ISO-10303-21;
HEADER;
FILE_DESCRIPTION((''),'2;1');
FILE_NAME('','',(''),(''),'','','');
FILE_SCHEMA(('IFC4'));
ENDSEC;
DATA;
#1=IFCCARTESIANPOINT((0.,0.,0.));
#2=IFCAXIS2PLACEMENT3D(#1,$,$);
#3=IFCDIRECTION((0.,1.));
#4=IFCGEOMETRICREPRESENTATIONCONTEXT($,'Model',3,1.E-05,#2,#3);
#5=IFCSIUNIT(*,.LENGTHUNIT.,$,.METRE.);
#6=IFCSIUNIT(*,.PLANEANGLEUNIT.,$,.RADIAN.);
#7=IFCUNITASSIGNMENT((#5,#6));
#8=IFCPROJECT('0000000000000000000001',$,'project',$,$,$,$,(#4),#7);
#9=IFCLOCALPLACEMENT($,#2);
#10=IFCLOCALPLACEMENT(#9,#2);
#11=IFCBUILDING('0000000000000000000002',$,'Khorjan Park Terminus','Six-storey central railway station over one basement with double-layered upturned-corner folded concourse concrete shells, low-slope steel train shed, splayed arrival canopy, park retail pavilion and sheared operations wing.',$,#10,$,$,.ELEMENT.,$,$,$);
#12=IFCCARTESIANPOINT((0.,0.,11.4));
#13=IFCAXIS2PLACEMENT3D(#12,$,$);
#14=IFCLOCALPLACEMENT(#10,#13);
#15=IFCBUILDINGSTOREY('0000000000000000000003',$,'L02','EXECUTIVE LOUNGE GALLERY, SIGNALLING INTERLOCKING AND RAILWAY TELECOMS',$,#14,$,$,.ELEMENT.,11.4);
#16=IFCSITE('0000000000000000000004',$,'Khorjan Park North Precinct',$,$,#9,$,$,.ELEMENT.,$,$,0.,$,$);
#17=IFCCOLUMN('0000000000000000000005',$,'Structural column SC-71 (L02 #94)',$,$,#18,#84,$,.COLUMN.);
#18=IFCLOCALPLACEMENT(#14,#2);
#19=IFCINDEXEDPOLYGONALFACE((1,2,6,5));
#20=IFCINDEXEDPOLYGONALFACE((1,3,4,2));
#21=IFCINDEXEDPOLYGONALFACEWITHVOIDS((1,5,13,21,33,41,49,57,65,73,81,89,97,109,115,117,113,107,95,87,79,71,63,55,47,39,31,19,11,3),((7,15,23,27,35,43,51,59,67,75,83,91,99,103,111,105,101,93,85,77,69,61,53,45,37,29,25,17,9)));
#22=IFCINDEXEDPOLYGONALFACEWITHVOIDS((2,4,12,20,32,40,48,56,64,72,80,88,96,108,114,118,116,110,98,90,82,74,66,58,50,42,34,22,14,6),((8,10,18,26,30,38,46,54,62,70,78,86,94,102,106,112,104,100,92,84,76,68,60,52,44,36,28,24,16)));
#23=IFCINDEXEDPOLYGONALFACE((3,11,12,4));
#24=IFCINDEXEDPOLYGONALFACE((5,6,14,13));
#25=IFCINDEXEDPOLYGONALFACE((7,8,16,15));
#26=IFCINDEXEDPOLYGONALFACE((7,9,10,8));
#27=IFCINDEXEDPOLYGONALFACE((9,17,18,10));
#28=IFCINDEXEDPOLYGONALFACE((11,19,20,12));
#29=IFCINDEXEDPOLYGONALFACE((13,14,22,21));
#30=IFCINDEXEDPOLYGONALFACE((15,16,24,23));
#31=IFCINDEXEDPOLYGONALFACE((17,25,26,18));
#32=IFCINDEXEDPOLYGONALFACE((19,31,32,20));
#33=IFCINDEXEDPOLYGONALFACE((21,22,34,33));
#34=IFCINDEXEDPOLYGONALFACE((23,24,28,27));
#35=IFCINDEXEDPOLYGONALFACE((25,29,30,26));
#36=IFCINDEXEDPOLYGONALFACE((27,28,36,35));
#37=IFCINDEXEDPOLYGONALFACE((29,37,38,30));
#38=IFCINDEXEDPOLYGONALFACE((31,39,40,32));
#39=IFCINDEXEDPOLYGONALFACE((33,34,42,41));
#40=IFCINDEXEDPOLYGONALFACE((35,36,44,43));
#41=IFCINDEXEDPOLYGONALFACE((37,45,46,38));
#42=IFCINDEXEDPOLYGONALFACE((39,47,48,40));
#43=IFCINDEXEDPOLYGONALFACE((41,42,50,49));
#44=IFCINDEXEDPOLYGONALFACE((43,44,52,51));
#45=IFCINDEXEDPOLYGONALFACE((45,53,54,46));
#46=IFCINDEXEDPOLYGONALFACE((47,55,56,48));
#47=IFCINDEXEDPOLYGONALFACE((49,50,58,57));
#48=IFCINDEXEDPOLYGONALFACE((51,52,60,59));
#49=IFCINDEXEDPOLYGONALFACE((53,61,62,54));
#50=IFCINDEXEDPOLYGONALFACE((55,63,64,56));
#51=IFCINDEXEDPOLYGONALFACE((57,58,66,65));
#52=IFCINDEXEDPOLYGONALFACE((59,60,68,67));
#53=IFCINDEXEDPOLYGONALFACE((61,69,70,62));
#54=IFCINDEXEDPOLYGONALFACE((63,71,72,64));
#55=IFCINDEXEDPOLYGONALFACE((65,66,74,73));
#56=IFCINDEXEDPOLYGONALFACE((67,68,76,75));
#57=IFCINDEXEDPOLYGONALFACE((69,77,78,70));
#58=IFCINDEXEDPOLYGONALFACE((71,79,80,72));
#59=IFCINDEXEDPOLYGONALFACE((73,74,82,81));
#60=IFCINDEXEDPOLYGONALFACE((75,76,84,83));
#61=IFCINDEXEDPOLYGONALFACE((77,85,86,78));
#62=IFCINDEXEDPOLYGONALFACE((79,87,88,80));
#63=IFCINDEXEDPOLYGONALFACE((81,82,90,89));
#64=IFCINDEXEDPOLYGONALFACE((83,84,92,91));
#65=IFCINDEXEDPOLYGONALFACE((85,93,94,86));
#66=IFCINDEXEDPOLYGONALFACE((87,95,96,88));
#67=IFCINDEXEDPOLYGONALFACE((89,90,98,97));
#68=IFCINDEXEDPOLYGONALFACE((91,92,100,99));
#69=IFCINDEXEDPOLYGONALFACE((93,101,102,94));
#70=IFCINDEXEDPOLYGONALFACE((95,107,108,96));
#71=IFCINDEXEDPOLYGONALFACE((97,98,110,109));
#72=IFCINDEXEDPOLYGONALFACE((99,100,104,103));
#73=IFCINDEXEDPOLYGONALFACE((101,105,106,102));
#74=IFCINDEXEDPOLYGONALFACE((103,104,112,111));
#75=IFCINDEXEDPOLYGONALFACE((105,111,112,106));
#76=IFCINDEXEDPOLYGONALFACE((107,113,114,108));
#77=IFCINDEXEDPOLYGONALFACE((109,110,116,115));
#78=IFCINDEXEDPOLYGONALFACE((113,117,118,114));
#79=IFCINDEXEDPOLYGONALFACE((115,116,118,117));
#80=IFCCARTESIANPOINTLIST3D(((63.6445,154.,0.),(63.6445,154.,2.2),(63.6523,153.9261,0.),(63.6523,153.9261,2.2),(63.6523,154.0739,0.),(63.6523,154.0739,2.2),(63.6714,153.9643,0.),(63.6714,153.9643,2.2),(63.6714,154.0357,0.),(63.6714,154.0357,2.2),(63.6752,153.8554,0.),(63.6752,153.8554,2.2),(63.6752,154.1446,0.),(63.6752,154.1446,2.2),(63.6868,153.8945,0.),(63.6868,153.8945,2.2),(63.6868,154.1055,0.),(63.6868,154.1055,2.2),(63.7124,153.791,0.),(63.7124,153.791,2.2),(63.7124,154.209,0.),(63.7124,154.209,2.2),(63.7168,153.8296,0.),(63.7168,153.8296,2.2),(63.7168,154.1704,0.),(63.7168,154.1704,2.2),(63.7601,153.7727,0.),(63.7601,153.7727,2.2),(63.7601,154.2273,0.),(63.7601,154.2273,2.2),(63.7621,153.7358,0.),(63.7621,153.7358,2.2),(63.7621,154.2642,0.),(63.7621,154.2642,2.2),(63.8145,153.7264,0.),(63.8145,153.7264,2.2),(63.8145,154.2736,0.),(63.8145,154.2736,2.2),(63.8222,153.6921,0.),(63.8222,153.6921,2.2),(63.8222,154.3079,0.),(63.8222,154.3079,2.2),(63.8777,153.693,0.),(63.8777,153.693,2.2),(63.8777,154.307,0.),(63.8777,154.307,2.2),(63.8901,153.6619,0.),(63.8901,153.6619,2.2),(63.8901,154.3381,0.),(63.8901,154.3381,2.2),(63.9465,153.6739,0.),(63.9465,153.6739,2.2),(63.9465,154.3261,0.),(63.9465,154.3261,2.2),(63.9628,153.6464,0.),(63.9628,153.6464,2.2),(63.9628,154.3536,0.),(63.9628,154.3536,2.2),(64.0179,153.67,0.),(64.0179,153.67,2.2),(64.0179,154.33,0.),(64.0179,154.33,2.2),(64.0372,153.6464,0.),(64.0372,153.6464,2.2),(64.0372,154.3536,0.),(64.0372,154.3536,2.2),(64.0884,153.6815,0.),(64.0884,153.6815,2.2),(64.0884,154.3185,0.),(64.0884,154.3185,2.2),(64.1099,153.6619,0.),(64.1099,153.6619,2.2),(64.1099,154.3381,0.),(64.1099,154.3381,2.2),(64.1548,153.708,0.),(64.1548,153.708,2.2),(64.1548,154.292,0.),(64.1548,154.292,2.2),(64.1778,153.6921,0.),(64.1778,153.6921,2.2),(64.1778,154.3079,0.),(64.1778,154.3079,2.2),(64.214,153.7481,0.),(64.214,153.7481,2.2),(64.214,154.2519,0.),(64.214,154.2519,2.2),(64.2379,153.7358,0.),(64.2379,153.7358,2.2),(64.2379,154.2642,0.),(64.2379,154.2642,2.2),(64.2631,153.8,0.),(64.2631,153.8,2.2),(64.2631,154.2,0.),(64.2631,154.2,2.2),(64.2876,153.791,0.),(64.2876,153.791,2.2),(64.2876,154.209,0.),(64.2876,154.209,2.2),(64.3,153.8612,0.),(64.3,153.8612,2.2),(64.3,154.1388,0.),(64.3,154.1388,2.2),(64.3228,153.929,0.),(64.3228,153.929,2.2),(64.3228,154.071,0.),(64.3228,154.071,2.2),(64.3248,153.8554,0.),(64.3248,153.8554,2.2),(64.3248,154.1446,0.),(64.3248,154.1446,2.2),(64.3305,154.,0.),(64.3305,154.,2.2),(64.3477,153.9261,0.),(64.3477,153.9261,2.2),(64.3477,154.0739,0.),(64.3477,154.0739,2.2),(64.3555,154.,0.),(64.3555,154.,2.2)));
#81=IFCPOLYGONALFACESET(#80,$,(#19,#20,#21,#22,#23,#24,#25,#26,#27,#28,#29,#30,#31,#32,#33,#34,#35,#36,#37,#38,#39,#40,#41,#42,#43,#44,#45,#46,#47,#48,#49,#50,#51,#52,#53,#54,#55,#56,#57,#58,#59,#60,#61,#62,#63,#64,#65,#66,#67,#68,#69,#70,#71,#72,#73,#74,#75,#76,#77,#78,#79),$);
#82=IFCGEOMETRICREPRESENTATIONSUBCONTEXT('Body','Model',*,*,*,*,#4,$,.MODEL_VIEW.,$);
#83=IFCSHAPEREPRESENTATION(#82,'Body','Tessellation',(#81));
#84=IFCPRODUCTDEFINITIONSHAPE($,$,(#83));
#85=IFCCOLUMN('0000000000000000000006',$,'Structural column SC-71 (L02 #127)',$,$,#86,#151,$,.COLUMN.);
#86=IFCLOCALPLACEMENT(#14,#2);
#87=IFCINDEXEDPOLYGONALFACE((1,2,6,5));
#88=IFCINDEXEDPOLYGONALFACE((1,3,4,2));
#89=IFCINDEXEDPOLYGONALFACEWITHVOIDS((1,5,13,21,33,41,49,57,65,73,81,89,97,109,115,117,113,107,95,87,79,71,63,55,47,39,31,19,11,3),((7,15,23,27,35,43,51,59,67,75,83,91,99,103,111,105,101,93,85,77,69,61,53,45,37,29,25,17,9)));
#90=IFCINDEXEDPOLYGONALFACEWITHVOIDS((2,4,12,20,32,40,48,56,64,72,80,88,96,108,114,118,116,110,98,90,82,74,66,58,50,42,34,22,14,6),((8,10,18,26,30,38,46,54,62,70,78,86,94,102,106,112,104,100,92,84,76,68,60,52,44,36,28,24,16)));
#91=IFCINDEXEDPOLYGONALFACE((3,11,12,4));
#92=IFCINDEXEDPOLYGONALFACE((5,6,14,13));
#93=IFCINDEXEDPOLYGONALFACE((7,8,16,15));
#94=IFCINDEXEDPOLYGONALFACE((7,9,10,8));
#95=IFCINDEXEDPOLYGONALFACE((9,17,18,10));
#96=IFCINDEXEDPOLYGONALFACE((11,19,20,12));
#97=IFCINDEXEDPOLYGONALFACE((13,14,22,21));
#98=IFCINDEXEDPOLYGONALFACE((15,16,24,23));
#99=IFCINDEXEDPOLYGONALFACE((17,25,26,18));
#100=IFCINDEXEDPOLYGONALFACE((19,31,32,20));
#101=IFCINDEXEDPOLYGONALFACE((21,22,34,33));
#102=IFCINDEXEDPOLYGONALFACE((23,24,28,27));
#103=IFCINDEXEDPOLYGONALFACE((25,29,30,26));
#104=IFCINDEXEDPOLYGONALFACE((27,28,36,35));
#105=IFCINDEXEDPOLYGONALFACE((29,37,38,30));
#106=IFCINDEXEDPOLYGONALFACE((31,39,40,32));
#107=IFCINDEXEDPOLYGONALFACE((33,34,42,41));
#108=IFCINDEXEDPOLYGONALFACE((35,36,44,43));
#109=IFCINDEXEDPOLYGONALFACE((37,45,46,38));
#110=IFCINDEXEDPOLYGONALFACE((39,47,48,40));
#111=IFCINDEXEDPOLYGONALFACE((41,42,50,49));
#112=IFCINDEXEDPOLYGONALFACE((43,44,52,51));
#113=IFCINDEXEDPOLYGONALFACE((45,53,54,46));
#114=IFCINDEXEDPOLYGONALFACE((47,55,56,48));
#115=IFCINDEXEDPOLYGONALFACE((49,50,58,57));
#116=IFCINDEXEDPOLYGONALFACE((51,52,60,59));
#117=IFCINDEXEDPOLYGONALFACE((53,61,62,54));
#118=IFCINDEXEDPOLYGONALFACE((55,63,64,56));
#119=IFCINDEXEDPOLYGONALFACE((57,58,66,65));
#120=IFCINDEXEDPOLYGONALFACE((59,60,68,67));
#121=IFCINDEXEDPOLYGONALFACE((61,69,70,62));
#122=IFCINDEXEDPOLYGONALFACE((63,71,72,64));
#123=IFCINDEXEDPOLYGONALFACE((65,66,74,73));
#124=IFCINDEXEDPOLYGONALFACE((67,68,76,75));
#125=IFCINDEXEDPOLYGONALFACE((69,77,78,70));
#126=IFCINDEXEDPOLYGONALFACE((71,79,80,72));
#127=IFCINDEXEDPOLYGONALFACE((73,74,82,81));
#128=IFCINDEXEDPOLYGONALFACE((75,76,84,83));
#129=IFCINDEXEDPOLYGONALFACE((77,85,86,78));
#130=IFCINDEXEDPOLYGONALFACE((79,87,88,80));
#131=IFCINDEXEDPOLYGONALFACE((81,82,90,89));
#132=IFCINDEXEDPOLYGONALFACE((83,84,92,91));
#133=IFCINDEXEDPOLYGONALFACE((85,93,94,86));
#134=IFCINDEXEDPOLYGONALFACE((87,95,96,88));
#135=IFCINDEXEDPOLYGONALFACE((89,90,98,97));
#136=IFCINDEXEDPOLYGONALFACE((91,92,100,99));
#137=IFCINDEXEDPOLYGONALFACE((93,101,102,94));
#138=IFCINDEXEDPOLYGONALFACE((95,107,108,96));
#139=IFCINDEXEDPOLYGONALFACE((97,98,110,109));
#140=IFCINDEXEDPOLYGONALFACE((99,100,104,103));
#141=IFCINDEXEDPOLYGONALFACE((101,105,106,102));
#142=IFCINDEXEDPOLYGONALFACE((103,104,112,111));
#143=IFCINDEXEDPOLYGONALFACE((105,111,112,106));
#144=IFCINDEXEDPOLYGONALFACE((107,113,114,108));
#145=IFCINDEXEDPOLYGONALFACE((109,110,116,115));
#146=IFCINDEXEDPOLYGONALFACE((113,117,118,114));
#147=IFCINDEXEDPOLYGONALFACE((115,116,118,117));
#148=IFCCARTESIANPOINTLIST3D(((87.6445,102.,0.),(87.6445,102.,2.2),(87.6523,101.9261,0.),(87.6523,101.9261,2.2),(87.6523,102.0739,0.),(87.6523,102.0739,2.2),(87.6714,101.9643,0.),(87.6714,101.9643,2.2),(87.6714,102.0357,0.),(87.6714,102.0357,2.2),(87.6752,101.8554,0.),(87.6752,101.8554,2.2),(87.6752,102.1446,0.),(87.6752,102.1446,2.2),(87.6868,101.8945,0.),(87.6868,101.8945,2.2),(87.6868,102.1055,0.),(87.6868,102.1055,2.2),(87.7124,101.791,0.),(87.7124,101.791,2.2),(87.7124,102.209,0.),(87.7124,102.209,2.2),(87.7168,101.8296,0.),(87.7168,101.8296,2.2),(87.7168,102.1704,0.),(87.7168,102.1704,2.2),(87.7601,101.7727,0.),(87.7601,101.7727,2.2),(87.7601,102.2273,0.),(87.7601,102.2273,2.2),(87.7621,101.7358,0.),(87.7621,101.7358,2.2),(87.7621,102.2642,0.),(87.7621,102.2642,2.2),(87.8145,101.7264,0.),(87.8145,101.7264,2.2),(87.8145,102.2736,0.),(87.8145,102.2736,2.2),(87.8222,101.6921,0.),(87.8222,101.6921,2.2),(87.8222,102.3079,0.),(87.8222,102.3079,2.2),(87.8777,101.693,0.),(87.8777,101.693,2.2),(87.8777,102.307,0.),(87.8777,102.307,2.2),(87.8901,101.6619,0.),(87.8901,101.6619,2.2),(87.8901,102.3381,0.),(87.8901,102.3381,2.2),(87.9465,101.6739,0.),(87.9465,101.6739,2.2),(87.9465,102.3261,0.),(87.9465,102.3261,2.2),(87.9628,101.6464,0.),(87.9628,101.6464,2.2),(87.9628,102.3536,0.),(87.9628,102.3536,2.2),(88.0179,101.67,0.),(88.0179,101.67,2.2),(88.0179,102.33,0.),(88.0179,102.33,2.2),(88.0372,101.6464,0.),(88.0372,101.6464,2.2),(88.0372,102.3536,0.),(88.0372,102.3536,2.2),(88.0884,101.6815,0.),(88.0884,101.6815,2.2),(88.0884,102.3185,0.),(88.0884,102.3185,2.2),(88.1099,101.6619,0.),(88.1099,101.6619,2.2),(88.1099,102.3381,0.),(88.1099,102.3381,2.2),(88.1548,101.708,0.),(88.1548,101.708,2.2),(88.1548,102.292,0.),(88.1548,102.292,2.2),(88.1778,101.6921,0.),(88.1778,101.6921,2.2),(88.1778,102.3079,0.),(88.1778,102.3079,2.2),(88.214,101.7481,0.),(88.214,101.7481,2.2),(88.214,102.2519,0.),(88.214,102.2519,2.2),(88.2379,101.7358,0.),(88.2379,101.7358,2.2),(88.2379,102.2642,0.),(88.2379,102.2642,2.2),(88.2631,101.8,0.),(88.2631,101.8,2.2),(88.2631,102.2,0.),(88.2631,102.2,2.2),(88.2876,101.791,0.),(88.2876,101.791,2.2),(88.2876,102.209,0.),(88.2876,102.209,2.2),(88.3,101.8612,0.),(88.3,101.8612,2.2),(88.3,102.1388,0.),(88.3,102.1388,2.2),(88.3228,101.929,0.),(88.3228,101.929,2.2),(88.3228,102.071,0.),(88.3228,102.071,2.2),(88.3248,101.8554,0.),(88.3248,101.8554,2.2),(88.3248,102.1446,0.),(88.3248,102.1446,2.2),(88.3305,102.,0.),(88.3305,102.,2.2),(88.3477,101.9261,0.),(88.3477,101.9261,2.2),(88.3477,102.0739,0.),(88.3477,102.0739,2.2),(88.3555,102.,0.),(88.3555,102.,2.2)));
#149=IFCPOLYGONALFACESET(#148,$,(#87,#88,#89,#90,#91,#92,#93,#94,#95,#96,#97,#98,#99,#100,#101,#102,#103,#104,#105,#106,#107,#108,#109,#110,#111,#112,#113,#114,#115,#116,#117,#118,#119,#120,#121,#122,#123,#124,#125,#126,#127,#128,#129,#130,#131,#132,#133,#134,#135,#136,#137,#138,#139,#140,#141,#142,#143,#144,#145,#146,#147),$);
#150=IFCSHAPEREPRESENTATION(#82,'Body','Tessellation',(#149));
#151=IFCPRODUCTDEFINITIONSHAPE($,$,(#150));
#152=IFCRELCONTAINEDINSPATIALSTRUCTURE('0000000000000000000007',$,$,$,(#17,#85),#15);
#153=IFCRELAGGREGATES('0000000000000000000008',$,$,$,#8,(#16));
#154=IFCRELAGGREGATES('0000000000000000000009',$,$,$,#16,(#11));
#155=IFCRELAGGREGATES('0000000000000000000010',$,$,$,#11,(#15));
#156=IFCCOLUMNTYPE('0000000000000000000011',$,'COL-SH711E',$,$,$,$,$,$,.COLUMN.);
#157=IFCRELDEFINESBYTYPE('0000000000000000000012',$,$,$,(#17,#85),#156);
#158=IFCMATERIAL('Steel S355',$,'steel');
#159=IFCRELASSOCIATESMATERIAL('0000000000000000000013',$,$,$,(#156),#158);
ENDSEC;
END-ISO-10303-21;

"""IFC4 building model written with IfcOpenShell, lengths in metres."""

from ifc_helpers import new_model, si_unit, direction, frame, origin, origin_2d, place, context, subcontext, project, spatial, hollow_circle, extrude, material, material_profile, profile_set, type_object, element, save


model = new_model("IFC4")

# Units and contexts
model_context = context("Model", 3, precision=1e-05, world=origin(), true_north=direction((0.0, 1.0)))
body_context = subcontext(model_context, "Body", "Model", "MODEL_VIEW")
ifc_project = project(units=[si_unit("LENGTHUNIT", "METRE"), si_unit("PLANEANGLEUNIT", "RADIAN")], contexts=[model_context])

# Site, building, storey
site_placement = place(None, origin())
site = spatial("IfcSite", under=ifc_project, at=site_placement, Name="Khorjan Park North Precinct", CompositionType="ELEMENT", RefElevation=0.0)
building_placement = place(site_placement, origin())
building = spatial("IfcBuilding", under=site, at=building_placement, Name="Khorjan Park Terminus", Description="Six-storey central railway station over one basement with double-layered upturned-corner folded concourse concrete shells, low-slope steel train shed, splayed arrival canopy, park retail pavilion and sheared operations wing.", CompositionType="ELEMENT")
storey_placement = place(building_placement, frame((0.0, 0.0, 11.4)))
storey = spatial("IfcBuildingStorey", under=building, at=storey_placement, Name="L02", Description="EXECUTIVE LOUNGE GALLERY, SIGNALLING INTERLOCKING AND RAILWAY TELECOMS", CompositionType="ELEMENT", Elevation=11.4)

# Columns
ifc_material = material(Name="Steel S355", Category="steel")
ifc_material_profile_1 = material_profile(ifc_material, hollow_circle(Radius=0.3555, WallThickness=0.025, at=origin_2d()), Name="CHS 711x25")
ifc_profile_set_1 = profile_set([ifc_material_profile_1], Name="Steel S355")
column_type_1 = type_object("IfcColumnType", Name="COL-SH711E", PredefinedType="COLUMN", material=ifc_profile_set_1)
for number, where, z_axis, x_axis, name in (
    (1, (64.0, 154.0, 0.0), (0.0, 0.0, 1.0), (1.0, 0.0, 0.0), "Structural column SC-71 (L02 #94)"),
    (2, (88.0, 102.0, 0.0), (0.0, 0.0, 1.0), (1.0, 0.0, 0.0), "Structural column SC-71 (L02 #127)"),
):
    element("IfcColumn", number, at=place(storey_placement, frame(where, z_axis=z_axis, x_axis=x_axis)), inside=storey, type_object=column_type_1, Name=name, PredefinedType="COLUMN", context=body_context, shape_type="SweptSolid", body=[
        extrude(hollow_circle(Radius=0.3555, WallThickness=0.025, at=origin_2d()), origin(), (0.0, 0.0, 1.0), 2.2),
    ])

save(model, "model.ifc")
